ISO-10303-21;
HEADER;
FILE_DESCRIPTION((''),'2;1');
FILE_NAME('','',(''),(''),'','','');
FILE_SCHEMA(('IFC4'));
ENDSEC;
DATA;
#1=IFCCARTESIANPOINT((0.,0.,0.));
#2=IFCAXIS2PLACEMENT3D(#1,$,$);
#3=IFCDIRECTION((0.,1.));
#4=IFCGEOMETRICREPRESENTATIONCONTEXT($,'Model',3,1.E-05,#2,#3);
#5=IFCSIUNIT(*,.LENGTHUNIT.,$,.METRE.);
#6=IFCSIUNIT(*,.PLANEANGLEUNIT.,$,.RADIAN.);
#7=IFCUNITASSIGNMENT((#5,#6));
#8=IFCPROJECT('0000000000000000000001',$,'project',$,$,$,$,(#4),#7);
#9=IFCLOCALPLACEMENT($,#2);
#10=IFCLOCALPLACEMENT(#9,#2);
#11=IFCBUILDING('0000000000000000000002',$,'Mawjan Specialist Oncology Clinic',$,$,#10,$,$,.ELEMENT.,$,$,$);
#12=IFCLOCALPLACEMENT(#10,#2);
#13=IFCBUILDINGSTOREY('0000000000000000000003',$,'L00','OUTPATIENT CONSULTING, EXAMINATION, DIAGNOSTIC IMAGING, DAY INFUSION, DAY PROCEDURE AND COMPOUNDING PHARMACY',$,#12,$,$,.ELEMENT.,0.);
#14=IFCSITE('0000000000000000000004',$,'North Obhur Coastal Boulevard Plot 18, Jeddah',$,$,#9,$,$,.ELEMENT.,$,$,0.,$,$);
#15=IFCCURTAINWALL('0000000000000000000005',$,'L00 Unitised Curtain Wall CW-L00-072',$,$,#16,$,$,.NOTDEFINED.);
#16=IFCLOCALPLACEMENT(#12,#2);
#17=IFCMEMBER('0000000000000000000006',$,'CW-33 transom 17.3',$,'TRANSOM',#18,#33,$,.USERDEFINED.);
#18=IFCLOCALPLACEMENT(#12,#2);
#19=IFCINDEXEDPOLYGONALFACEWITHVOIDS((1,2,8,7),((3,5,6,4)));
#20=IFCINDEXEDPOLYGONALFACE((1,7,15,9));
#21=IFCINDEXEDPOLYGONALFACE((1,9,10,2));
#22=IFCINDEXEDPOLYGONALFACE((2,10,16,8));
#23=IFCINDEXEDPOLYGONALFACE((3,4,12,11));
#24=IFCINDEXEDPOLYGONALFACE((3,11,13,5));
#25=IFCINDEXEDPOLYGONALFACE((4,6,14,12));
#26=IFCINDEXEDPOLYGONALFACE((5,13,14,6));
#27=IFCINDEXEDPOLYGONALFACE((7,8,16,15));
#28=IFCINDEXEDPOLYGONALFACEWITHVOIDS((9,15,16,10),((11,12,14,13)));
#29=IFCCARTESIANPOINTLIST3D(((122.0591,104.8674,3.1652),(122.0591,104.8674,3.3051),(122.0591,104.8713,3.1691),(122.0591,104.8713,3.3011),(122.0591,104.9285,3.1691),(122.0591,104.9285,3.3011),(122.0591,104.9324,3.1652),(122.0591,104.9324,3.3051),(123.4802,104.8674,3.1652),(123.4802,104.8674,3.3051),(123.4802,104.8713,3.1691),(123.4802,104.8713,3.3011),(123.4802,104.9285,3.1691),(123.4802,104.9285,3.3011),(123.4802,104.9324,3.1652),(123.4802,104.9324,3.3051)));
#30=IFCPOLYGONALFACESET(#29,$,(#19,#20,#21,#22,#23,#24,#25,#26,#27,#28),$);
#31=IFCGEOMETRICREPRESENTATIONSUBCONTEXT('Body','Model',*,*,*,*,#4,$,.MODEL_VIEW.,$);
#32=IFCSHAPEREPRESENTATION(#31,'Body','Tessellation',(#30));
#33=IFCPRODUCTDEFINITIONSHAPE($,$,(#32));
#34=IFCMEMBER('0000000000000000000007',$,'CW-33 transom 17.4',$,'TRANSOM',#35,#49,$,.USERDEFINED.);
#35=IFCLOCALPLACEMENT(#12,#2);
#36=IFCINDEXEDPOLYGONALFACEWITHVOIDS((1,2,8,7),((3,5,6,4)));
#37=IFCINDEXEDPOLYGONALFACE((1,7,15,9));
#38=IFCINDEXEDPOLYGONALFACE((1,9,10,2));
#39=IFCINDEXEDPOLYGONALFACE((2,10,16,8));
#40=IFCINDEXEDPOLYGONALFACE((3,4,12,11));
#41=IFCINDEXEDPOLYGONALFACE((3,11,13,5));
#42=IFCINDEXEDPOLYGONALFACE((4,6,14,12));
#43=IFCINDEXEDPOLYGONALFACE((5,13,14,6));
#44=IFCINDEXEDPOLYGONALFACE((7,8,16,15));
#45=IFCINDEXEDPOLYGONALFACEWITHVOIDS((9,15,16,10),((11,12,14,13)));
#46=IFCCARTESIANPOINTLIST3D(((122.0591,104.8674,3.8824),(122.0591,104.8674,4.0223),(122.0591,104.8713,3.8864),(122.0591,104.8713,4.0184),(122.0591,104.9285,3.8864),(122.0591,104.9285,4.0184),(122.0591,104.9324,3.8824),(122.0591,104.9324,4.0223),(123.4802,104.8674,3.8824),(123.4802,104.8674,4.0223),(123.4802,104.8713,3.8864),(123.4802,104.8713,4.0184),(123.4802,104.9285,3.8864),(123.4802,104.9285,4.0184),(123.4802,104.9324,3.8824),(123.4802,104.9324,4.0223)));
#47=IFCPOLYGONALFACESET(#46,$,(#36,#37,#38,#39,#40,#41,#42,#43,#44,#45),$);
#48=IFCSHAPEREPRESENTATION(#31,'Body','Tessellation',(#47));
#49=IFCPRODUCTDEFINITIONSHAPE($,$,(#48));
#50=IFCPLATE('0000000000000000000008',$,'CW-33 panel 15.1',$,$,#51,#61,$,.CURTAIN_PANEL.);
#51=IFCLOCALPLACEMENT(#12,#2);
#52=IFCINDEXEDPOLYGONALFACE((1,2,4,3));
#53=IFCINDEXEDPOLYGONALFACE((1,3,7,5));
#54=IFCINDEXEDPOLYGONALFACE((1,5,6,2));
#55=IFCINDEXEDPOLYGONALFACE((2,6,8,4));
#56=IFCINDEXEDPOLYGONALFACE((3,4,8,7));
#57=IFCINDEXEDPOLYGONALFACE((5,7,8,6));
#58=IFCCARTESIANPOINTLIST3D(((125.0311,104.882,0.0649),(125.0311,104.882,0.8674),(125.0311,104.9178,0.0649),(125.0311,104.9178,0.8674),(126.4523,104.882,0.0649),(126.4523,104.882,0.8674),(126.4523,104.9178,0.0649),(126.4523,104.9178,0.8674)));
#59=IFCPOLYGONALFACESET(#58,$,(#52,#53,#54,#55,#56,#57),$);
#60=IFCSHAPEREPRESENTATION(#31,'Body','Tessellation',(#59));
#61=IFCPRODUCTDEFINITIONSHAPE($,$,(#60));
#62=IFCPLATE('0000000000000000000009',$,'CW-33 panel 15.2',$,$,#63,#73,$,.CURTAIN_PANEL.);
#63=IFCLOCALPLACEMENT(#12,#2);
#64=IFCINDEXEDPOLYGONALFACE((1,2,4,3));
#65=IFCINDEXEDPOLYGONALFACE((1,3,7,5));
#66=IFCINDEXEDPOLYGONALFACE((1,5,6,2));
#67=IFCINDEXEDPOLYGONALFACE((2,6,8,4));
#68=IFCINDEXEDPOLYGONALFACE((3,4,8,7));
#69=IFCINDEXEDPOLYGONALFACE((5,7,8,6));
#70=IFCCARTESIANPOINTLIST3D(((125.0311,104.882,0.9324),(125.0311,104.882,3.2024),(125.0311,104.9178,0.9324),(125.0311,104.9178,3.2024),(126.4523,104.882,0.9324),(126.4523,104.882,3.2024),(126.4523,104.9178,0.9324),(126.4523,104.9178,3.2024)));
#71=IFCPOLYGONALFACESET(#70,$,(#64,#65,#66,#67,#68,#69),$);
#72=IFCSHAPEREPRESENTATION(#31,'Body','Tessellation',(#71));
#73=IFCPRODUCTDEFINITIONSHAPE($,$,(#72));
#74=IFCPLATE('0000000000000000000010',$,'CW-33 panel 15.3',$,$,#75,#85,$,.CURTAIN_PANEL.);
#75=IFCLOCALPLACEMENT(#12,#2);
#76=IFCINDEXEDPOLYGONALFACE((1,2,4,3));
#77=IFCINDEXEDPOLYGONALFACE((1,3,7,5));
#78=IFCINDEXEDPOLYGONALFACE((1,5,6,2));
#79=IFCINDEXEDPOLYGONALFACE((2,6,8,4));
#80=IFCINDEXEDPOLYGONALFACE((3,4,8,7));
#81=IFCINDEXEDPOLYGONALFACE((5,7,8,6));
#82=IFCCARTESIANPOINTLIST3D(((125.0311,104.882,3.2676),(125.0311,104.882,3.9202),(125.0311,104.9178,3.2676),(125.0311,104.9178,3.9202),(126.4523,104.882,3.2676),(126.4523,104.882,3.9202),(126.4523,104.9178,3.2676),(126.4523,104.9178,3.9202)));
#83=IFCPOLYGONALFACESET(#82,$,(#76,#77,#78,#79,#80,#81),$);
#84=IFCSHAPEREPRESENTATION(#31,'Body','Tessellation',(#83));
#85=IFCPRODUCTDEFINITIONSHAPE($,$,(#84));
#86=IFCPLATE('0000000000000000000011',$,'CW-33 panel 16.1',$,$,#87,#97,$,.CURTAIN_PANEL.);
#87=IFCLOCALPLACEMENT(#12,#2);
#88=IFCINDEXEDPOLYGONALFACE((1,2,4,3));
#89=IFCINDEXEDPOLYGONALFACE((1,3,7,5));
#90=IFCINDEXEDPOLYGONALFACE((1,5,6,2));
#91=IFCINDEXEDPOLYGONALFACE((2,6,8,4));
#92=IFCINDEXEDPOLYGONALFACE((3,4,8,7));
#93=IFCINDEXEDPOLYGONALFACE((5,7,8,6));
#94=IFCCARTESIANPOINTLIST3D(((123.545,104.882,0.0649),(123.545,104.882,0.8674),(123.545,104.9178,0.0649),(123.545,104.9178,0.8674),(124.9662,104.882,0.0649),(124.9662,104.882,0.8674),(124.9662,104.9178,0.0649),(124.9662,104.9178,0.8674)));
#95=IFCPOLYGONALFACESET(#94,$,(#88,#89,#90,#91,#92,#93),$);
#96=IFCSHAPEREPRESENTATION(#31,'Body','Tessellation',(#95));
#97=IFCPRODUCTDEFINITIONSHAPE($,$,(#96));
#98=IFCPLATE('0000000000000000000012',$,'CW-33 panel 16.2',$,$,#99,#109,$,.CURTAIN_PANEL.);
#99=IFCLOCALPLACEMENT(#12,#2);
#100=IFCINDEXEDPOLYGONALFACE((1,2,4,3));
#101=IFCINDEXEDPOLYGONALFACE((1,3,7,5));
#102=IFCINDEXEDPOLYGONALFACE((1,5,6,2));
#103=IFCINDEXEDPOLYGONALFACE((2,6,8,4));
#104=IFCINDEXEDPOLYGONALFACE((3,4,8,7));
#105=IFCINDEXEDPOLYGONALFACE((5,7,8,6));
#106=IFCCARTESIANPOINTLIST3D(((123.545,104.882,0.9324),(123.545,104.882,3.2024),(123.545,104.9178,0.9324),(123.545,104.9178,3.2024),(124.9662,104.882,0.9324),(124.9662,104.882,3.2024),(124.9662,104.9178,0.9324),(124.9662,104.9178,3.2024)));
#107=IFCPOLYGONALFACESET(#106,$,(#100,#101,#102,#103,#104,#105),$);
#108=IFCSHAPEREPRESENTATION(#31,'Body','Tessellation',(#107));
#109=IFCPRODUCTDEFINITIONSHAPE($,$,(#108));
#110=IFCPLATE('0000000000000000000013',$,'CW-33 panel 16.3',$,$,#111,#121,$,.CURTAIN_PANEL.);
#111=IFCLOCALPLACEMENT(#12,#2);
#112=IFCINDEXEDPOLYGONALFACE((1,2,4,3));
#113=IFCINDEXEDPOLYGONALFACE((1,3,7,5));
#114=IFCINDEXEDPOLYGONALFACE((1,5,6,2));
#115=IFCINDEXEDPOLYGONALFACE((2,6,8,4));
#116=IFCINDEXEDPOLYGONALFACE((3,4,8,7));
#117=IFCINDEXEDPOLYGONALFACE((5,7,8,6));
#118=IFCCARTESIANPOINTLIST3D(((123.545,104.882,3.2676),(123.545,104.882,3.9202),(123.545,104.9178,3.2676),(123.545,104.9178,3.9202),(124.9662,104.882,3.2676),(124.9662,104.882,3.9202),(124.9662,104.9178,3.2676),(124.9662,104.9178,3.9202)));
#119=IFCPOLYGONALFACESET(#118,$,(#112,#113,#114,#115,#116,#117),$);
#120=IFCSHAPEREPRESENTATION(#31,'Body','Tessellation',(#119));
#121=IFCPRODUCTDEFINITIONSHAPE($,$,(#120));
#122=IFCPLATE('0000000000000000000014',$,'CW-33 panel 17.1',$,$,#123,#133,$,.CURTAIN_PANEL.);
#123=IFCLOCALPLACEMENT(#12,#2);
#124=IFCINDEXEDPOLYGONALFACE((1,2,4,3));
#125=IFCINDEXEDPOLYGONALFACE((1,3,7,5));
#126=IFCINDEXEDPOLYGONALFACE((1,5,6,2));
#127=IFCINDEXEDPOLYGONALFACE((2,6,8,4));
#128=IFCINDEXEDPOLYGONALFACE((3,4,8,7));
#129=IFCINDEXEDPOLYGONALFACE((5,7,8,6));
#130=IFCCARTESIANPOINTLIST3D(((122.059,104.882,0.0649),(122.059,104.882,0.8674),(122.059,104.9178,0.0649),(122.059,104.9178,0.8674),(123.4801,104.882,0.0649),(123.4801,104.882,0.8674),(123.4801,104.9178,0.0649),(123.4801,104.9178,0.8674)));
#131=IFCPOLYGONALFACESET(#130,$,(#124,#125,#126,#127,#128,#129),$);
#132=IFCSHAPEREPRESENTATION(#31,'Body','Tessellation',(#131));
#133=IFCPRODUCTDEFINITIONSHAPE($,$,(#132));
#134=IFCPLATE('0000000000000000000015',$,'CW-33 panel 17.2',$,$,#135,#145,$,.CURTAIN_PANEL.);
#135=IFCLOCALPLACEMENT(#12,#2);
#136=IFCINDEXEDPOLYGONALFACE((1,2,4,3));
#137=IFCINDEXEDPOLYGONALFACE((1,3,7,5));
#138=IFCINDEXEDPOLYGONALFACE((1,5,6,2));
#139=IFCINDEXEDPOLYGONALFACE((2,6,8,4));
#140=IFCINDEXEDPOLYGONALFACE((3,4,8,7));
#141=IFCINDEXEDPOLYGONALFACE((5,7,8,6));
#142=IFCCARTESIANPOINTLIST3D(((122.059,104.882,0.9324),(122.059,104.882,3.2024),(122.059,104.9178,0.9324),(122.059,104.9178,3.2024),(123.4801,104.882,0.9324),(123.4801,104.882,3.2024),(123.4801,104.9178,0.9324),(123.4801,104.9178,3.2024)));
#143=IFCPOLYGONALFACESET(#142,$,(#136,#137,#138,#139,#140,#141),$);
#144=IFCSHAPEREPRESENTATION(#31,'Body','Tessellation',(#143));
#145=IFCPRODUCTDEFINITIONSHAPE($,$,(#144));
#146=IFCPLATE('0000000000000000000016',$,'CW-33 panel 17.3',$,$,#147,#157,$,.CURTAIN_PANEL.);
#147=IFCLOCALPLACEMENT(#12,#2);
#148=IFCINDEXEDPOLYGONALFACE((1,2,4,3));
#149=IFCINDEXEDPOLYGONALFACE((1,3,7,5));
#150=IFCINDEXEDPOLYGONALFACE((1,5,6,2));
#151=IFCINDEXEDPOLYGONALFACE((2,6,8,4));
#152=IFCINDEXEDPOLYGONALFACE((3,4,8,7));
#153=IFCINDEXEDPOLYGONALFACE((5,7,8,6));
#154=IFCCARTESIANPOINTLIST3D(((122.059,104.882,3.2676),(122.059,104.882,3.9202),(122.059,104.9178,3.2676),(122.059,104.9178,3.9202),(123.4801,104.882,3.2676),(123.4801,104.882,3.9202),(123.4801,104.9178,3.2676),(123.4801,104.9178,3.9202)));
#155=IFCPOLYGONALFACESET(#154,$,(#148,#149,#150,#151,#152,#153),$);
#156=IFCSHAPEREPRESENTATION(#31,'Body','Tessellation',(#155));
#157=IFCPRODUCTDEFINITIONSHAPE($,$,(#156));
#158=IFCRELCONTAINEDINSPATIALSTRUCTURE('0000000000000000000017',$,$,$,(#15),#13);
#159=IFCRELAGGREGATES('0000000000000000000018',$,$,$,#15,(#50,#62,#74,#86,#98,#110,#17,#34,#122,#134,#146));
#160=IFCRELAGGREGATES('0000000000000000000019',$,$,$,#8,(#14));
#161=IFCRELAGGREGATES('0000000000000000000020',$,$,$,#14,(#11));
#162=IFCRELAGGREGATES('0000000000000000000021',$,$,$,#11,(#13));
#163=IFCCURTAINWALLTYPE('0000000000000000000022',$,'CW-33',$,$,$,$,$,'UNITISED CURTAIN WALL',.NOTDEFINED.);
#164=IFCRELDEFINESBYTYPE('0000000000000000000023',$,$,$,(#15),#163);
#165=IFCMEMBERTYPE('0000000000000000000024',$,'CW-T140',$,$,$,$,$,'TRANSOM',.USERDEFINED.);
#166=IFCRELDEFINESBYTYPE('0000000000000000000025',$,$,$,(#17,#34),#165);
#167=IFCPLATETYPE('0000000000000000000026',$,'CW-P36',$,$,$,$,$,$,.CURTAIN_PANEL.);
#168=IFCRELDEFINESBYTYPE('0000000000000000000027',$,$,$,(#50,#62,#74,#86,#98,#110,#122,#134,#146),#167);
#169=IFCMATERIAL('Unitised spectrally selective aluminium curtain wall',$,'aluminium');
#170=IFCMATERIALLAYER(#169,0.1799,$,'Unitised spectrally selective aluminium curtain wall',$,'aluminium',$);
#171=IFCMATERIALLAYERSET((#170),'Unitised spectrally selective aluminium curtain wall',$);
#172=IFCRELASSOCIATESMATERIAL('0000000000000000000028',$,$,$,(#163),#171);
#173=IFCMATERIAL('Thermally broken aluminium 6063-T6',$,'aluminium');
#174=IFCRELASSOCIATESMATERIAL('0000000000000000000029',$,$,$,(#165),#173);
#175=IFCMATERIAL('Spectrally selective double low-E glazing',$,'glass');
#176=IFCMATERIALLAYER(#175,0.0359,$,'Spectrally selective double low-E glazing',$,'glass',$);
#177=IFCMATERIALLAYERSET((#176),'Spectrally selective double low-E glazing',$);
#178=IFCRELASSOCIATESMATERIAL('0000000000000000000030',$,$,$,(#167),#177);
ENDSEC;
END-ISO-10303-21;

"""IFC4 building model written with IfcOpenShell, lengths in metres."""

from ifc_helpers import new_model, si_unit, direction, frame, origin, origin_2d, place, context, subcontext, project, spatial, rectangle, hollow_rectangle, extrude, material, layer, layer_set, material_profile, profile_set, type_object, element, aggregate, save


model = new_model("IFC4")

# Units and contexts
model_context = context("Model", 3, precision=1e-05, world=origin(), true_north=direction((0.0, 1.0)))
body_context = subcontext(model_context, "Body", "Model", "MODEL_VIEW")
ifc_project = project(units=[si_unit("LENGTHUNIT", "METRE"), si_unit("PLANEANGLEUNIT", "RADIAN")], contexts=[model_context])

# Site, building, storey
site_placement = place(None, origin())
site = spatial("IfcSite", under=ifc_project, at=site_placement, Name="North Obhur Coastal Boulevard Plot 18, Jeddah", CompositionType="ELEMENT", RefElevation=0.0)
building_placement = place(site_placement, origin())
building = spatial("IfcBuilding", under=site, at=building_placement, Name="Mawjan Specialist Oncology Clinic", CompositionType="ELEMENT")
storey_placement = place(building_placement, origin())
storey = spatial("IfcBuildingStorey", under=building, at=storey_placement, Name="L00", Description="OUTPATIENT CONSULTING, EXAMINATION, DIAGNOSTIC IMAGING, DAY INFUSION, DAY PROCEDURE AND COMPOUNDING PHARMACY", CompositionType="ELEMENT", Elevation=0.0)

# Curtain wall, members, plates
ifc_material_1 = material(Name="Unitised spectrally selective aluminium curtain wall", Category="aluminium")
ifc_layer_1 = layer(ifc_material_1, 0.1799, Name="Unitised spectrally selective aluminium curtain wall", Category="aluminium")
ifc_layer_set_1 = layer_set([ifc_layer_1], Name="Unitised spectrally selective aluminium curtain wall")
curtain_wall_type = type_object("IfcCurtainWallType", Name="CW-33", ElementType="UNITISED CURTAIN WALL", PredefinedType="NOTDEFINED", material=ifc_layer_set_1)
curtain_wall_placement = place(storey_placement, origin())
curtain_wall = element("IfcCurtainWall", 1, at=curtain_wall_placement, inside=storey, type_object=curtain_wall_type, Name="L00 Unitised Curtain Wall CW-L00-072", PredefinedType="NOTDEFINED")
ifc_material_2 = material(Name="Thermally broken aluminium 6063-T6", Category="aluminium")
ifc_material_profile_1 = material_profile(ifc_material_2, hollow_rectangle(XDim=0.0649, YDim=0.1399, WallThickness=0.0039, at=origin_2d()), Name="ALU TRANSOM 140x65x4", Category="aluminium")
ifc_profile_set_1 = profile_set([ifc_material_profile_1], Name="Thermally broken aluminium 6063-T6")
member_type_1 = type_object("IfcMemberType", Name="CW-T140", ElementType="TRANSOM", PredefinedType="USERDEFINED", material=ifc_profile_set_1)
member_1_placement = place(storey_placement, frame((123.4802, 104.8999, 3.2351), z_axis=(-1.0, 0.0, 0.0), x_axis=(0.0, -1.0, 0.0)))
member_1 = element("IfcMember", 2, at=member_1_placement, type_object=member_type_1, Name="CW-33 transom 17.3", ObjectType="TRANSOM", PredefinedType="USERDEFINED", context=body_context, shape_type="SweptSolid", body=[
    extrude(hollow_rectangle(XDim=0.0649, YDim=0.1399, WallThickness=0.0039, at=origin_2d()), origin(), (0.0, 0.0, 1.0), 1.4211),
])
member_2_placement = place(storey_placement, frame((123.4802, 104.8999, 3.9524), z_axis=(-1.0, 0.0, 0.0), x_axis=(0.0, -1.0, 0.0)))
member_2 = element("IfcMember", 3, at=member_2_placement, type_object=member_type_1, Name="CW-33 transom 17.4", ObjectType="TRANSOM", PredefinedType="USERDEFINED", context=body_context, shape_type="SweptSolid", body=[
    extrude(hollow_rectangle(XDim=0.0649, YDim=0.1399, WallThickness=0.0039, at=origin_2d()), origin(), (0.0, 0.0, 1.0), 1.4211),
])
ifc_material_3 = material(Name="Spectrally selective double low-E glazing", Category="glass")
ifc_layer_2 = layer(ifc_material_3, 0.0359, Name="Spectrally selective double low-E glazing", Category="glass")
ifc_layer_set_2 = layer_set([ifc_layer_2], Name="Spectrally selective double low-E glazing")
plate_type = type_object("IfcPlateType", Name="CW-P36", PredefinedType="CURTAIN_PANEL", material=ifc_layer_set_2)
plate_1_placement = place(storey_placement, frame((125.7417, 104.8999, 0.0649), z_axis=(0.0, 0.0, 1.0), x_axis=(-1.0, 0.0, 0.0)))
plate_1 = element("IfcPlate", 4, at=plate_1_placement, type_object=plate_type, Name="CW-33 panel 15.1", PredefinedType="CURTAIN_PANEL", context=body_context, shape_type="SweptSolid", body=[
    extrude(rectangle(XDim=1.4211, YDim=0.0359, at=origin_2d()), origin(), (0.0, 0.0, 1.0), 0.8025),
])
plate_2_placement = place(storey_placement, frame((125.7417, 104.8999, 0.9324), z_axis=(0.0, 0.0, 1.0), x_axis=(-1.0, 0.0, 0.0)))
plate_2 = element("IfcPlate", 5, at=plate_2_placement, type_object=plate_type, Name="CW-33 panel 15.2", PredefinedType="CURTAIN_PANEL", context=body_context, shape_type="SweptSolid", body=[
    extrude(rectangle(XDim=1.4211, YDim=0.0359, at=origin_2d()), origin(), (0.0, 0.0, 1.0), 2.27),
])
plate_3_placement = place(storey_placement, frame((125.7417, 104.8999, 3.2676), z_axis=(0.0, 0.0, 1.0), x_axis=(-1.0, 0.0, 0.0)))
plate_3 = element("IfcPlate", 6, at=plate_3_placement, type_object=plate_type, Name="CW-33 panel 15.3", PredefinedType="CURTAIN_PANEL", context=body_context, shape_type="SweptSolid", body=[
    extrude(rectangle(XDim=1.4211, YDim=0.0359, at=origin_2d()), origin(), (0.0, 0.0, 1.0), 0.6526),
])
plate_4_placement = place(storey_placement, frame((124.2556, 104.8999, 0.0649), z_axis=(0.0, 0.0, 1.0), x_axis=(-1.0, 0.0, 0.0)))
plate_4 = element("IfcPlate", 7, at=plate_4_placement, type_object=plate_type, Name="CW-33 panel 16.1", PredefinedType="CURTAIN_PANEL", context=body_context, shape_type="SweptSolid", body=[
    extrude(rectangle(XDim=1.4211, YDim=0.0359, at=origin_2d()), origin(), (0.0, 0.0, 1.0), 0.8025),
])
plate_5_placement = place(storey_placement, frame((124.2556, 104.8999, 0.9324), z_axis=(0.0, 0.0, 1.0), x_axis=(-1.0, 0.0, 0.0)))
plate_5 = element("IfcPlate", 8, at=plate_5_placement, type_object=plate_type, Name="CW-33 panel 16.2", PredefinedType="CURTAIN_PANEL", context=body_context, shape_type="SweptSolid", body=[
    extrude(rectangle(XDim=1.4211, YDim=0.0359, at=origin_2d()), origin(), (0.0, 0.0, 1.0), 2.27),
])
plate_6_placement = place(storey_placement, frame((124.2556, 104.8999, 3.2676), z_axis=(0.0, 0.0, 1.0), x_axis=(-1.0, 0.0, 0.0)))
plate_6 = element("IfcPlate", 9, at=plate_6_placement, type_object=plate_type, Name="CW-33 panel 16.3", PredefinedType="CURTAIN_PANEL", context=body_context, shape_type="SweptSolid", body=[
    extrude(rectangle(XDim=1.4211, YDim=0.0359, at=origin_2d()), origin(), (0.0, 0.0, 1.0), 0.6526),
])
plate_7_placement = place(storey_placement, frame((122.7695, 104.8999, 0.0649), z_axis=(0.0, 0.0, 1.0), x_axis=(-1.0, 0.0, 0.0)))
plate_7 = element("IfcPlate", 10, at=plate_7_placement, type_object=plate_type, Name="CW-33 panel 17.1", PredefinedType="CURTAIN_PANEL", context=body_context, shape_type="SweptSolid", body=[
    extrude(rectangle(XDim=1.4211, YDim=0.0359, at=origin_2d()), origin(), (0.0, 0.0, 1.0), 0.8025),
])
plate_8_placement = place(storey_placement, frame((122.7695, 104.8999, 0.9324), z_axis=(0.0, 0.0, 1.0), x_axis=(-1.0, 0.0, 0.0)))
plate_8 = element("IfcPlate", 11, at=plate_8_placement, type_object=plate_type, Name="CW-33 panel 17.2", PredefinedType="CURTAIN_PANEL", context=body_context, shape_type="SweptSolid", body=[
    extrude(rectangle(XDim=1.4211, YDim=0.0359, at=origin_2d()), origin(), (0.0, 0.0, 1.0), 2.27),
])
plate_9_placement = place(storey_placement, frame((122.7695, 104.8999, 3.2676), z_axis=(0.0, 0.0, 1.0), x_axis=(-1.0, 0.0, 0.0)))
plate_9 = element("IfcPlate", 12, at=plate_9_placement, type_object=plate_type, Name="CW-33 panel 17.3", PredefinedType="CURTAIN_PANEL", context=body_context, shape_type="SweptSolid", body=[
    extrude(rectangle(XDim=1.4211, YDim=0.0359, at=origin_2d()), origin(), (0.0, 0.0, 1.0), 0.6526),
])
aggregate(curtain_wall, [plate_1, plate_2, plate_3, plate_4, plate_5, plate_6, member_1, member_2, plate_7, plate_8, plate_9])

save(model, "model.ifc")
